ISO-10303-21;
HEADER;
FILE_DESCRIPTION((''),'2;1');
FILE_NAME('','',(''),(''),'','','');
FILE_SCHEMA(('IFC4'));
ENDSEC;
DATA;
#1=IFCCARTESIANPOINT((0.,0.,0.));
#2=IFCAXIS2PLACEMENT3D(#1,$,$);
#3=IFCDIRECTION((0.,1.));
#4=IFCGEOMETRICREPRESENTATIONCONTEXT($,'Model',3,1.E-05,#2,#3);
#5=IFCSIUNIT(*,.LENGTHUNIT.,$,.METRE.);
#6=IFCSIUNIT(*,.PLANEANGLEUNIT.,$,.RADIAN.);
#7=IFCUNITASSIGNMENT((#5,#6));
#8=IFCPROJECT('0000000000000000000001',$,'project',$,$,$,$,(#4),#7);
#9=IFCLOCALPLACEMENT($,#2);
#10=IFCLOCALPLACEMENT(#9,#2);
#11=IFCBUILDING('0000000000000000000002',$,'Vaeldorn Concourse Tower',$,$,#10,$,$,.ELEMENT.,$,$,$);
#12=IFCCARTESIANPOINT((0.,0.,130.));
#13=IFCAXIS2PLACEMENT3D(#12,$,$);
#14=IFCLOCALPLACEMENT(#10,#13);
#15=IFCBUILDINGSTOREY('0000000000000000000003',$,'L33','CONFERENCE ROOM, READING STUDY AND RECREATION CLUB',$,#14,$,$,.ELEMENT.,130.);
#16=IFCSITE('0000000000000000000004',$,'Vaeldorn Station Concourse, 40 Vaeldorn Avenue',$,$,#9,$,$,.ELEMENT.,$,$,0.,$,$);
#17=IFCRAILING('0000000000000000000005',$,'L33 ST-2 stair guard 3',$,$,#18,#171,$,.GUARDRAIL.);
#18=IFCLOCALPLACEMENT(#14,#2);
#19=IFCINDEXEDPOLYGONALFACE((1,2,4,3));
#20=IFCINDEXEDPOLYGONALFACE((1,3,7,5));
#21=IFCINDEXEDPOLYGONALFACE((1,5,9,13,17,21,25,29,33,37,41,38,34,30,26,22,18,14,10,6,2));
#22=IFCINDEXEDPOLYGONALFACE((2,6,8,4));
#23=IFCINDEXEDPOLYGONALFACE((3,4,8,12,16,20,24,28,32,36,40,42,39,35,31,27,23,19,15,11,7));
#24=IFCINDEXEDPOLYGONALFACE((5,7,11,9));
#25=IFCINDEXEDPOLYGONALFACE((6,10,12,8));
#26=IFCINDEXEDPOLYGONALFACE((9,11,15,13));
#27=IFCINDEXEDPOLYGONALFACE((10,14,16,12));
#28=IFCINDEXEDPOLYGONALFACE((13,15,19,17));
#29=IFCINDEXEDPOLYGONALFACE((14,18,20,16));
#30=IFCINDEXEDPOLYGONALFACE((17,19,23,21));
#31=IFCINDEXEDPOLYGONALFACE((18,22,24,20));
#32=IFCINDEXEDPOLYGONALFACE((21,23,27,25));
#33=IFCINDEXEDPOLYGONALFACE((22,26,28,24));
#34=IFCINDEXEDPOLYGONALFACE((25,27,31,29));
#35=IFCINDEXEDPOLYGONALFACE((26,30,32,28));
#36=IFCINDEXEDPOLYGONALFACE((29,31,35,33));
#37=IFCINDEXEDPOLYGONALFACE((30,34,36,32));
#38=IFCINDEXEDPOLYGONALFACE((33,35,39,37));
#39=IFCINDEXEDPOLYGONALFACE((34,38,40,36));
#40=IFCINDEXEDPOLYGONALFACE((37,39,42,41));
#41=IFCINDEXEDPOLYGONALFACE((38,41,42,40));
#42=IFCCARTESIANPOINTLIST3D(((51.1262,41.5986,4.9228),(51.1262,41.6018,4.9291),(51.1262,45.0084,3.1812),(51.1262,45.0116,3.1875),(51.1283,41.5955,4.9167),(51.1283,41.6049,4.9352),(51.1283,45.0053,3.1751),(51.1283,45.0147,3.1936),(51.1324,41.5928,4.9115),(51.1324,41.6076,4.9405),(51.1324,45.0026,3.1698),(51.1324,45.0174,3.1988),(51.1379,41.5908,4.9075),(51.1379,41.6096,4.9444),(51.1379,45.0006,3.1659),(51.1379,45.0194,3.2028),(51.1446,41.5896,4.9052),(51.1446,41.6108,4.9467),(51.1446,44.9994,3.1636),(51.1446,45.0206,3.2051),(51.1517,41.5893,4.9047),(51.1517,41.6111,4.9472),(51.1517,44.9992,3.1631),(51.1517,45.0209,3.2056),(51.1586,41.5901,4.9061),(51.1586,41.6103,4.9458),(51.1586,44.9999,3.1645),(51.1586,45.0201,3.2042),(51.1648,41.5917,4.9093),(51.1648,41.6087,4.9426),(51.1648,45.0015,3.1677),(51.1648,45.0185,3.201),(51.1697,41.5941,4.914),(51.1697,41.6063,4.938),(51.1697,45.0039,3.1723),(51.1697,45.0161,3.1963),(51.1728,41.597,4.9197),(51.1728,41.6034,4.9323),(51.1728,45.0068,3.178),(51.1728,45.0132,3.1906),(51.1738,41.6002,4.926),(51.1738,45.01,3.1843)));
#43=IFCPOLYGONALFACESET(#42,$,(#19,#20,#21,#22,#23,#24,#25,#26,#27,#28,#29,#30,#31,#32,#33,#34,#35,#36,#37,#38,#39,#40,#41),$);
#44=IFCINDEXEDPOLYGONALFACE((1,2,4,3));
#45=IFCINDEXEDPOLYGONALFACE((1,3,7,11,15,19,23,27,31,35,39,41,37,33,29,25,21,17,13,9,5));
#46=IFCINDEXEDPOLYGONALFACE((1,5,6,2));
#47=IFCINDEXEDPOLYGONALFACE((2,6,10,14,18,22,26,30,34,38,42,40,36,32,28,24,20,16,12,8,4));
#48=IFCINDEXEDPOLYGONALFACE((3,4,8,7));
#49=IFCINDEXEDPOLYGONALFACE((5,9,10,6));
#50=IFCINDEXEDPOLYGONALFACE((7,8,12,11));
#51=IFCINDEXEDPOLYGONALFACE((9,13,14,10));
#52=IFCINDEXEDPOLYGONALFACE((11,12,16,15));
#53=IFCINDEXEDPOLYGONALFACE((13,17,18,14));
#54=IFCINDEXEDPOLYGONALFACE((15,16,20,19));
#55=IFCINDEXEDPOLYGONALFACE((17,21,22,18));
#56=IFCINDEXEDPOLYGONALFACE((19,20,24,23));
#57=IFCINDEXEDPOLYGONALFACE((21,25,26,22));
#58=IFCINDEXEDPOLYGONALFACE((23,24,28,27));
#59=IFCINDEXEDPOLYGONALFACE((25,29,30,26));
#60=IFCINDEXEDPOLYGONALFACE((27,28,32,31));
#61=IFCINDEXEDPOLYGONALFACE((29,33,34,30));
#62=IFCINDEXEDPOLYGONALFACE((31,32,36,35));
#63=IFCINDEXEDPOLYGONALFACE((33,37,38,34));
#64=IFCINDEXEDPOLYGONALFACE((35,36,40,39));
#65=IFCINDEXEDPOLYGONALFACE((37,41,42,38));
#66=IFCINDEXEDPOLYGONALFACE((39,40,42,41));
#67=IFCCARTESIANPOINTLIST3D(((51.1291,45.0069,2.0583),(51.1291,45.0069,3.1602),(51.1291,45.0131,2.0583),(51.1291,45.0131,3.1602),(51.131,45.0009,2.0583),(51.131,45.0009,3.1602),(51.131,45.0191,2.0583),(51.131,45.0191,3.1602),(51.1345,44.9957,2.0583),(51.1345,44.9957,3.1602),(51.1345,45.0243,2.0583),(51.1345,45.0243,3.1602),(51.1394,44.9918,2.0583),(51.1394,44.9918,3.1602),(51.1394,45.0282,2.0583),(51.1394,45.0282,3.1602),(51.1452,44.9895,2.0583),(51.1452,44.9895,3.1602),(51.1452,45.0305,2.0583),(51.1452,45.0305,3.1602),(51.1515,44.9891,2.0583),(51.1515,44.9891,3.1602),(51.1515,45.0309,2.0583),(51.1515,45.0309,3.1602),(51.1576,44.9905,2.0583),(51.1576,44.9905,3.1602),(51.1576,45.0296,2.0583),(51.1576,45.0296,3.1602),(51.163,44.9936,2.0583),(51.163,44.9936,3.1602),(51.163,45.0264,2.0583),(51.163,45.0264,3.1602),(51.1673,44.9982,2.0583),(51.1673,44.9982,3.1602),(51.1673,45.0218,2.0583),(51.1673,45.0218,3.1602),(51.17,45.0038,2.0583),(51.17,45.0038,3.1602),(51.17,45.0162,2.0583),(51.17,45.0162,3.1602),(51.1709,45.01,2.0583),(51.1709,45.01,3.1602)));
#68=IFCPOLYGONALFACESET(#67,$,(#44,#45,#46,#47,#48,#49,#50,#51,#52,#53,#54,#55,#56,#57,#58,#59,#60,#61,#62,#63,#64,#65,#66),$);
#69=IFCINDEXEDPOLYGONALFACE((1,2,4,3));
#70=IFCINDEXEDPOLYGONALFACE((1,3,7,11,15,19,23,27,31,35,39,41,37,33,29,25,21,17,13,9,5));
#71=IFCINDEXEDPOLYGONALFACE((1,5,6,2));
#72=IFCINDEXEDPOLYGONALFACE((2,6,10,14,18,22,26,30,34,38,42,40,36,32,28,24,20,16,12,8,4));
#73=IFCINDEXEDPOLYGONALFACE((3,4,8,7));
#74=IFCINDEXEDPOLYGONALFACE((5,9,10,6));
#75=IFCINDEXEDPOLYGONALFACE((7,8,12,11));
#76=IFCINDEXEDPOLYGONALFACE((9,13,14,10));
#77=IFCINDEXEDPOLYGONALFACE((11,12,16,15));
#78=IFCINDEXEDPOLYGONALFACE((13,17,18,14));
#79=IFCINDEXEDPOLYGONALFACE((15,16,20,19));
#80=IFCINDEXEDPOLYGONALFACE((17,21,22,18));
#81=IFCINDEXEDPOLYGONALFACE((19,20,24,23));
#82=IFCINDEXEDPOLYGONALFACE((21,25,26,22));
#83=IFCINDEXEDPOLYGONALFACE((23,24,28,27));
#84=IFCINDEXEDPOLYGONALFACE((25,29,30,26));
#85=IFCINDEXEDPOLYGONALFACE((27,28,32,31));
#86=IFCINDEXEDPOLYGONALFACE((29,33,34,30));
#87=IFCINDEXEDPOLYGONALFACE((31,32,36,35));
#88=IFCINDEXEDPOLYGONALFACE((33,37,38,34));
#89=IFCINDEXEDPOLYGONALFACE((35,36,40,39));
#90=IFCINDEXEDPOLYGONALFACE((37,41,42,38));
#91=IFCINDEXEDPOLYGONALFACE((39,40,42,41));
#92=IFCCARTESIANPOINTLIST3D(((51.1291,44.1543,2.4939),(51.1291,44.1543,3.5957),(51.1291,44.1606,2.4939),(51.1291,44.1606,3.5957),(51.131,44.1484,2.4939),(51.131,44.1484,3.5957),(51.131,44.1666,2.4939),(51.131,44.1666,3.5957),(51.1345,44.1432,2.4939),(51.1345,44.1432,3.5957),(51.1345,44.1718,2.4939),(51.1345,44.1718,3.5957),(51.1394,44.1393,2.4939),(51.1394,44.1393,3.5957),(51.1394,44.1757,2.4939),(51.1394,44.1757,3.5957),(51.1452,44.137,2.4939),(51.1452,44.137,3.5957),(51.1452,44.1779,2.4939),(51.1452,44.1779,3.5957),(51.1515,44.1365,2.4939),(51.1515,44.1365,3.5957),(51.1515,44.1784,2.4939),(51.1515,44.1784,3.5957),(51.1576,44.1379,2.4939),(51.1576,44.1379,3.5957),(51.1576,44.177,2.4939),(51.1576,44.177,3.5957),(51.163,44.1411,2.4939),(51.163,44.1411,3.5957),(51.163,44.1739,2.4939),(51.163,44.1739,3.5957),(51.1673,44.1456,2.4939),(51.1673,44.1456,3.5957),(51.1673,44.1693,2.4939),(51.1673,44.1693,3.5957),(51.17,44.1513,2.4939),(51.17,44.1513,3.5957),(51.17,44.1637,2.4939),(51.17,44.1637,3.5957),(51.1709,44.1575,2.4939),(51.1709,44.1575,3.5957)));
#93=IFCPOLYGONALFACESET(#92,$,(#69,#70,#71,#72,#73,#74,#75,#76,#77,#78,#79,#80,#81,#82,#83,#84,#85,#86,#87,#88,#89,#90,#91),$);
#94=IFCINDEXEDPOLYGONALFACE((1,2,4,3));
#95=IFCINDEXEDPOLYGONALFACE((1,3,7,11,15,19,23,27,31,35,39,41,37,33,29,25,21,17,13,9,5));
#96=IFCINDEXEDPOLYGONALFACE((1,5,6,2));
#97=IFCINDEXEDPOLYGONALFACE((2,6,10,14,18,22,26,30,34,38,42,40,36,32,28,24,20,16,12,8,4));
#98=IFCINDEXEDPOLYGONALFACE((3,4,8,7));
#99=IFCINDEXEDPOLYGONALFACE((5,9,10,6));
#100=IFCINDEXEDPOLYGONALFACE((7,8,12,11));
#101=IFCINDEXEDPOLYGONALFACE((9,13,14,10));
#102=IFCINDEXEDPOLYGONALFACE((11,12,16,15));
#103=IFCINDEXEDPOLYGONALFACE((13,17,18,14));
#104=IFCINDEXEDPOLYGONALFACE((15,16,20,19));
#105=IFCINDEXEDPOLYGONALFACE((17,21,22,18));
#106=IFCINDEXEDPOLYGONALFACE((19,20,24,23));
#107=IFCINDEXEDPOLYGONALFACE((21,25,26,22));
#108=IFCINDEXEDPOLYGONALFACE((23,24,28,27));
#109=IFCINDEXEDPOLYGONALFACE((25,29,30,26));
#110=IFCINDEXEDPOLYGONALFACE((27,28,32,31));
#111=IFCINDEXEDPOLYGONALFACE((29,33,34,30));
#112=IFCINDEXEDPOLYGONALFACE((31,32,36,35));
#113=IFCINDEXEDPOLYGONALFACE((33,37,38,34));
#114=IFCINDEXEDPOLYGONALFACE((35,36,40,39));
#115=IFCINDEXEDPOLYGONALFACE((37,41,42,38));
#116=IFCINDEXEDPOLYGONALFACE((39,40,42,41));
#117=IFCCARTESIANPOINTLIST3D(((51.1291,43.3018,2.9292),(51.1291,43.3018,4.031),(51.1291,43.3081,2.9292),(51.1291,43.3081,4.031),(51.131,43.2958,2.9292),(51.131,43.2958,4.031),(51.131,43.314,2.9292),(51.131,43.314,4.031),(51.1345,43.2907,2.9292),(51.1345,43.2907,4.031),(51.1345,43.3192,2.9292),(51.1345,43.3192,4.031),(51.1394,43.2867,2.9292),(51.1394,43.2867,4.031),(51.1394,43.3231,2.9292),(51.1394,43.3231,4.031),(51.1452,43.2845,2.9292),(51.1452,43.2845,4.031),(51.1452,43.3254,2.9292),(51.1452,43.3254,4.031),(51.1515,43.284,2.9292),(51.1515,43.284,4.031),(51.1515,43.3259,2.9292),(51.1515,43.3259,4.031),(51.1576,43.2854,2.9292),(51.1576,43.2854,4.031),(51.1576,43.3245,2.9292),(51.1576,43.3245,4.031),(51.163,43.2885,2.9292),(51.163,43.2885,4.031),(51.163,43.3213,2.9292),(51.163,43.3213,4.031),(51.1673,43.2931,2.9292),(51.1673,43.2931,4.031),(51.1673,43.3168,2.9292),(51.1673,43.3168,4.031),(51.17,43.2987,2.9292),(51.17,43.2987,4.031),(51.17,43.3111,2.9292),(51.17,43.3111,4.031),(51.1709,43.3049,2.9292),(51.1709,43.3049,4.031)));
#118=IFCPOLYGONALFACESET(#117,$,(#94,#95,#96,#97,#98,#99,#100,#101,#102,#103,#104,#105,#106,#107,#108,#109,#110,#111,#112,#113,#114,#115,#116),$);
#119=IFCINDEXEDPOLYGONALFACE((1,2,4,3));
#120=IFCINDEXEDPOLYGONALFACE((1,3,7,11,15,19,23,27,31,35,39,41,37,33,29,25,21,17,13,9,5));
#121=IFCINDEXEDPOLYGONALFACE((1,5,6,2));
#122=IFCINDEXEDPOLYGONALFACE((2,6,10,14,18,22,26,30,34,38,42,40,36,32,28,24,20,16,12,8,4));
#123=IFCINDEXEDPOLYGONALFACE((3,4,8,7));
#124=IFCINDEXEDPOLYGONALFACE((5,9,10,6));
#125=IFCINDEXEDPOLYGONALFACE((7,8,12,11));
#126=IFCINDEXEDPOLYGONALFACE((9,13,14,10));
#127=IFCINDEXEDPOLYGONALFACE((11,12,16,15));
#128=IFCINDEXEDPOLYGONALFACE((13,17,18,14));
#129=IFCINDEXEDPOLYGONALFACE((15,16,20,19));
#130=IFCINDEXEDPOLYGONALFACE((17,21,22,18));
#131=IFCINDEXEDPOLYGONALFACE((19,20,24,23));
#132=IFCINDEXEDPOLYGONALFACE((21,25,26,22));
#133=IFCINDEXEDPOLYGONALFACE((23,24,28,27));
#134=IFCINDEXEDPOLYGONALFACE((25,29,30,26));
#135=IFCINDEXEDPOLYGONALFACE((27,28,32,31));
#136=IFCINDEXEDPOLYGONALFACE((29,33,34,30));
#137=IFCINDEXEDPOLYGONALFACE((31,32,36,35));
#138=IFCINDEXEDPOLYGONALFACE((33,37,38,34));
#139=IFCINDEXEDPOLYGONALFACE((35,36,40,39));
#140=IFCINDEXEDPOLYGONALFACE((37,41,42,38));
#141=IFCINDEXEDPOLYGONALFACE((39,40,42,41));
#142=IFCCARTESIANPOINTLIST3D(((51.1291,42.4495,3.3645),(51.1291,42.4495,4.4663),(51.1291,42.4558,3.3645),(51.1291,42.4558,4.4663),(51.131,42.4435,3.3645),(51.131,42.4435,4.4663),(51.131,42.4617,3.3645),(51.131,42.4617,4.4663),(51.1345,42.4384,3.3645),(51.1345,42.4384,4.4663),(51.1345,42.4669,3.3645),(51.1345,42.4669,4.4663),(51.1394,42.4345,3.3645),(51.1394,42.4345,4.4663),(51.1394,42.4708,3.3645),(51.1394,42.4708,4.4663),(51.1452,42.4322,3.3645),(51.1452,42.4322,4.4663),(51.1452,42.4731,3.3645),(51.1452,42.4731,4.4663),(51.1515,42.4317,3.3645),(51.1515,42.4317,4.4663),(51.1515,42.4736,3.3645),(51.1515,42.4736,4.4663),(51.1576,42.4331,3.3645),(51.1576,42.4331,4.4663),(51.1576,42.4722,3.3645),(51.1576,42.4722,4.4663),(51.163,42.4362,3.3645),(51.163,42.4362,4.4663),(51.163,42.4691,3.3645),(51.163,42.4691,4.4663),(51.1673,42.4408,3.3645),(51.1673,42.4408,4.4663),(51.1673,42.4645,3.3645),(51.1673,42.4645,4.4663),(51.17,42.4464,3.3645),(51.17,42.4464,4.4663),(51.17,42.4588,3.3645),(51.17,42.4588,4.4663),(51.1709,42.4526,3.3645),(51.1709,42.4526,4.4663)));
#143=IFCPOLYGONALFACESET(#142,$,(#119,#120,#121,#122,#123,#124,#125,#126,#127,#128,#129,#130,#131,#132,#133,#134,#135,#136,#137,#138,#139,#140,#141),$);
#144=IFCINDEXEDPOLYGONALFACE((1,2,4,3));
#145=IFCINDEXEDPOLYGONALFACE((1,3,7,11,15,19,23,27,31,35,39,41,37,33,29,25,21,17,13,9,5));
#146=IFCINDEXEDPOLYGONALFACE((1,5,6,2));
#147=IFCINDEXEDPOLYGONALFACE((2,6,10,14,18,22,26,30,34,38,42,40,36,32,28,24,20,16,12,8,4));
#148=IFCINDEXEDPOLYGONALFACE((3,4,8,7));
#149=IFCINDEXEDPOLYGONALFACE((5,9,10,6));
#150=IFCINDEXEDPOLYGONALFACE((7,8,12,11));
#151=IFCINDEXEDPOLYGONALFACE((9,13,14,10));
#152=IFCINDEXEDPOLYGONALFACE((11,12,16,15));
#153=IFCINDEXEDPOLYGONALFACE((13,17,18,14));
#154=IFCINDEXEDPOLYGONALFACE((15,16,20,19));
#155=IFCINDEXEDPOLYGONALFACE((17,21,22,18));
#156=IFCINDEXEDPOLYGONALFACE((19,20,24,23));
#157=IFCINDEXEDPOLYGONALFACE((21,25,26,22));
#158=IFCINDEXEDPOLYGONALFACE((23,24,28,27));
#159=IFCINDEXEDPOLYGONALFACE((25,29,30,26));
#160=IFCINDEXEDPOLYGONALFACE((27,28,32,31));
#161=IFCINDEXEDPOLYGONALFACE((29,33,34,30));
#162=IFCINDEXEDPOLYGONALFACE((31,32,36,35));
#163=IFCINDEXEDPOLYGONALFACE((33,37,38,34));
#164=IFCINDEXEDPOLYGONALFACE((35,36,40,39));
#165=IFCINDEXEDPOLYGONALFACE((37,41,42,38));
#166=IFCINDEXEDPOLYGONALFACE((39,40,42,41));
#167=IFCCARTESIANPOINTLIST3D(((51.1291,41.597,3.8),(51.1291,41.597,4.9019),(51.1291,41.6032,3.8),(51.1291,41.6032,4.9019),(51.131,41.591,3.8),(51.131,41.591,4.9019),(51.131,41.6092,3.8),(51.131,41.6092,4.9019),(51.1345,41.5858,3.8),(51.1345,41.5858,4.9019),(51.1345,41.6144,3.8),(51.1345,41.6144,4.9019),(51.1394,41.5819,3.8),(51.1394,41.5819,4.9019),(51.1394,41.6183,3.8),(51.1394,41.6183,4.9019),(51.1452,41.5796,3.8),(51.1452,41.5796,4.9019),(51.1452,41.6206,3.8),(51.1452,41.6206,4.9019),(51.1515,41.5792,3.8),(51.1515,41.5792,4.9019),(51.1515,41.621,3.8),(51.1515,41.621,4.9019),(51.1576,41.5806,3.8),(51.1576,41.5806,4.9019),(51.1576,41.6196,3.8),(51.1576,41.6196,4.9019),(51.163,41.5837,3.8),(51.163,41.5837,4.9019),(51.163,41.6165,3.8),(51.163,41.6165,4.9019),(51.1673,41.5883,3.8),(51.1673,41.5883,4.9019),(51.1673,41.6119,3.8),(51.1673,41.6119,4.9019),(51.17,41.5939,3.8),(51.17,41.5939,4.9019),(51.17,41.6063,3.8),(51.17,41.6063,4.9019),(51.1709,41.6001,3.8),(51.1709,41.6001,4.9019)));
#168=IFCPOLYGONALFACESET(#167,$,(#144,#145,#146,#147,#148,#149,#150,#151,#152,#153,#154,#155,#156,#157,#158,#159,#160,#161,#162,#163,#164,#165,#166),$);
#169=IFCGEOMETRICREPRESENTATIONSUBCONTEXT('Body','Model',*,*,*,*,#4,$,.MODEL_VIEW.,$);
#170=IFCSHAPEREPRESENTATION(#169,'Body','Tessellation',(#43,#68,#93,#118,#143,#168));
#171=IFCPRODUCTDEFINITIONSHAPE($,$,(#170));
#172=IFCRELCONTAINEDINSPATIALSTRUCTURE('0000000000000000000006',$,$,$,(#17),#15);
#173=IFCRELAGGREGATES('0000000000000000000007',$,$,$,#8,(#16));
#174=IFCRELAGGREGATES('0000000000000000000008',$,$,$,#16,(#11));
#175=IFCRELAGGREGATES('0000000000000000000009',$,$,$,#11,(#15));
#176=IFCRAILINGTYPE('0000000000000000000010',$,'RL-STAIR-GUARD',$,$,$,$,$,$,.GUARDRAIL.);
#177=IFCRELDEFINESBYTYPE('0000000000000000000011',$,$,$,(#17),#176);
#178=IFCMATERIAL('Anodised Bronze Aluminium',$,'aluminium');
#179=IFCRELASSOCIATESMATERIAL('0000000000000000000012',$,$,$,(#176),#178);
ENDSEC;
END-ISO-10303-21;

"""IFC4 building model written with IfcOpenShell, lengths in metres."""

from ifc_helpers import new_model, si_unit, direction, frame, origin, origin_2d, place, context, subcontext, project, spatial, circle, extrude, material, type_object, element, save


model = new_model("IFC4")

# Units and contexts
model_context = context("Model", 3, precision=1e-05, world=origin(), true_north=direction((0.0, 1.0)))
body_context = subcontext(model_context, "Body", "Model", "MODEL_VIEW")
ifc_project = project(units=[si_unit("LENGTHUNIT", "METRE"), si_unit("PLANEANGLEUNIT", "RADIAN")], contexts=[model_context])

# Site, building, storey
site_placement = place(None, origin())
site = spatial("IfcSite", under=ifc_project, at=site_placement, Name="Vaeldorn Station Concourse, 40 Vaeldorn Avenue", CompositionType="ELEMENT", RefElevation=0.0)
building_placement = place(site_placement, origin())
building = spatial("IfcBuilding", under=site, at=building_placement, Name="Vaeldorn Concourse Tower", CompositionType="ELEMENT")
storey_placement = place(building_placement, frame((0.0, 0.0, 130.0)))
storey = spatial("IfcBuildingStorey", under=building, at=storey_placement, Name="L33", Description="CONFERENCE ROOM, READING STUDY AND RECREATION CLUB", CompositionType="ELEMENT", Elevation=130.0)

# Shared definitions
ifc_material_1 = material(Name="Anodised Bronze Aluminium", Category="aluminium")

# Railing
railing_type_1 = type_object("IfcRailingType", Name="RL-STAIR-GUARD", PredefinedType="GUARDRAIL", material=ifc_material_1)
railing_1_placement = place(storey_placement, frame((51.1499, 45.01, 2.0583)))
element("IfcRailing", 1, at=railing_1_placement, inside=storey, type_object=railing_type_1, Name="L33 ST-2 stair guard 3", PredefinedType="GUARDRAIL", context=body_context, shape_type="SweptSolid", body=[
    extrude(circle(Radius=0.0239, at=origin_2d()), frame((0.0, 0.0, 1.126), z_axis=(0.0, -0.890556, 0.454874), x_axis=(1.0, 0.0, 0.0)), (0.0, 0.0, 1.0), 3.8289),
    extrude(circle(Radius=0.021, at=origin_2d()), origin(), (0.0, 0.0, 1.0), 1.1018),
    extrude(circle(Radius=0.021, at=origin_2d()), frame((0.0, -0.8525, 0.4355)), (0.0, 0.0, 1.0), 1.1018),
    extrude(circle(Radius=0.021, at=origin_2d()), frame((0.0, -1.7051, 0.8708)), (0.0, 0.0, 1.0), 1.1018),
    extrude(circle(Radius=0.021, at=origin_2d()), frame((0.0, -2.5574, 1.3062)), (0.0, 0.0, 1.0), 1.1018),
    extrude(circle(Radius=0.021, at=origin_2d()), frame((0.0, -3.4099, 1.7417)), (0.0, 0.0, 1.0), 1.1018),
])

save(model, "model.ifc")
